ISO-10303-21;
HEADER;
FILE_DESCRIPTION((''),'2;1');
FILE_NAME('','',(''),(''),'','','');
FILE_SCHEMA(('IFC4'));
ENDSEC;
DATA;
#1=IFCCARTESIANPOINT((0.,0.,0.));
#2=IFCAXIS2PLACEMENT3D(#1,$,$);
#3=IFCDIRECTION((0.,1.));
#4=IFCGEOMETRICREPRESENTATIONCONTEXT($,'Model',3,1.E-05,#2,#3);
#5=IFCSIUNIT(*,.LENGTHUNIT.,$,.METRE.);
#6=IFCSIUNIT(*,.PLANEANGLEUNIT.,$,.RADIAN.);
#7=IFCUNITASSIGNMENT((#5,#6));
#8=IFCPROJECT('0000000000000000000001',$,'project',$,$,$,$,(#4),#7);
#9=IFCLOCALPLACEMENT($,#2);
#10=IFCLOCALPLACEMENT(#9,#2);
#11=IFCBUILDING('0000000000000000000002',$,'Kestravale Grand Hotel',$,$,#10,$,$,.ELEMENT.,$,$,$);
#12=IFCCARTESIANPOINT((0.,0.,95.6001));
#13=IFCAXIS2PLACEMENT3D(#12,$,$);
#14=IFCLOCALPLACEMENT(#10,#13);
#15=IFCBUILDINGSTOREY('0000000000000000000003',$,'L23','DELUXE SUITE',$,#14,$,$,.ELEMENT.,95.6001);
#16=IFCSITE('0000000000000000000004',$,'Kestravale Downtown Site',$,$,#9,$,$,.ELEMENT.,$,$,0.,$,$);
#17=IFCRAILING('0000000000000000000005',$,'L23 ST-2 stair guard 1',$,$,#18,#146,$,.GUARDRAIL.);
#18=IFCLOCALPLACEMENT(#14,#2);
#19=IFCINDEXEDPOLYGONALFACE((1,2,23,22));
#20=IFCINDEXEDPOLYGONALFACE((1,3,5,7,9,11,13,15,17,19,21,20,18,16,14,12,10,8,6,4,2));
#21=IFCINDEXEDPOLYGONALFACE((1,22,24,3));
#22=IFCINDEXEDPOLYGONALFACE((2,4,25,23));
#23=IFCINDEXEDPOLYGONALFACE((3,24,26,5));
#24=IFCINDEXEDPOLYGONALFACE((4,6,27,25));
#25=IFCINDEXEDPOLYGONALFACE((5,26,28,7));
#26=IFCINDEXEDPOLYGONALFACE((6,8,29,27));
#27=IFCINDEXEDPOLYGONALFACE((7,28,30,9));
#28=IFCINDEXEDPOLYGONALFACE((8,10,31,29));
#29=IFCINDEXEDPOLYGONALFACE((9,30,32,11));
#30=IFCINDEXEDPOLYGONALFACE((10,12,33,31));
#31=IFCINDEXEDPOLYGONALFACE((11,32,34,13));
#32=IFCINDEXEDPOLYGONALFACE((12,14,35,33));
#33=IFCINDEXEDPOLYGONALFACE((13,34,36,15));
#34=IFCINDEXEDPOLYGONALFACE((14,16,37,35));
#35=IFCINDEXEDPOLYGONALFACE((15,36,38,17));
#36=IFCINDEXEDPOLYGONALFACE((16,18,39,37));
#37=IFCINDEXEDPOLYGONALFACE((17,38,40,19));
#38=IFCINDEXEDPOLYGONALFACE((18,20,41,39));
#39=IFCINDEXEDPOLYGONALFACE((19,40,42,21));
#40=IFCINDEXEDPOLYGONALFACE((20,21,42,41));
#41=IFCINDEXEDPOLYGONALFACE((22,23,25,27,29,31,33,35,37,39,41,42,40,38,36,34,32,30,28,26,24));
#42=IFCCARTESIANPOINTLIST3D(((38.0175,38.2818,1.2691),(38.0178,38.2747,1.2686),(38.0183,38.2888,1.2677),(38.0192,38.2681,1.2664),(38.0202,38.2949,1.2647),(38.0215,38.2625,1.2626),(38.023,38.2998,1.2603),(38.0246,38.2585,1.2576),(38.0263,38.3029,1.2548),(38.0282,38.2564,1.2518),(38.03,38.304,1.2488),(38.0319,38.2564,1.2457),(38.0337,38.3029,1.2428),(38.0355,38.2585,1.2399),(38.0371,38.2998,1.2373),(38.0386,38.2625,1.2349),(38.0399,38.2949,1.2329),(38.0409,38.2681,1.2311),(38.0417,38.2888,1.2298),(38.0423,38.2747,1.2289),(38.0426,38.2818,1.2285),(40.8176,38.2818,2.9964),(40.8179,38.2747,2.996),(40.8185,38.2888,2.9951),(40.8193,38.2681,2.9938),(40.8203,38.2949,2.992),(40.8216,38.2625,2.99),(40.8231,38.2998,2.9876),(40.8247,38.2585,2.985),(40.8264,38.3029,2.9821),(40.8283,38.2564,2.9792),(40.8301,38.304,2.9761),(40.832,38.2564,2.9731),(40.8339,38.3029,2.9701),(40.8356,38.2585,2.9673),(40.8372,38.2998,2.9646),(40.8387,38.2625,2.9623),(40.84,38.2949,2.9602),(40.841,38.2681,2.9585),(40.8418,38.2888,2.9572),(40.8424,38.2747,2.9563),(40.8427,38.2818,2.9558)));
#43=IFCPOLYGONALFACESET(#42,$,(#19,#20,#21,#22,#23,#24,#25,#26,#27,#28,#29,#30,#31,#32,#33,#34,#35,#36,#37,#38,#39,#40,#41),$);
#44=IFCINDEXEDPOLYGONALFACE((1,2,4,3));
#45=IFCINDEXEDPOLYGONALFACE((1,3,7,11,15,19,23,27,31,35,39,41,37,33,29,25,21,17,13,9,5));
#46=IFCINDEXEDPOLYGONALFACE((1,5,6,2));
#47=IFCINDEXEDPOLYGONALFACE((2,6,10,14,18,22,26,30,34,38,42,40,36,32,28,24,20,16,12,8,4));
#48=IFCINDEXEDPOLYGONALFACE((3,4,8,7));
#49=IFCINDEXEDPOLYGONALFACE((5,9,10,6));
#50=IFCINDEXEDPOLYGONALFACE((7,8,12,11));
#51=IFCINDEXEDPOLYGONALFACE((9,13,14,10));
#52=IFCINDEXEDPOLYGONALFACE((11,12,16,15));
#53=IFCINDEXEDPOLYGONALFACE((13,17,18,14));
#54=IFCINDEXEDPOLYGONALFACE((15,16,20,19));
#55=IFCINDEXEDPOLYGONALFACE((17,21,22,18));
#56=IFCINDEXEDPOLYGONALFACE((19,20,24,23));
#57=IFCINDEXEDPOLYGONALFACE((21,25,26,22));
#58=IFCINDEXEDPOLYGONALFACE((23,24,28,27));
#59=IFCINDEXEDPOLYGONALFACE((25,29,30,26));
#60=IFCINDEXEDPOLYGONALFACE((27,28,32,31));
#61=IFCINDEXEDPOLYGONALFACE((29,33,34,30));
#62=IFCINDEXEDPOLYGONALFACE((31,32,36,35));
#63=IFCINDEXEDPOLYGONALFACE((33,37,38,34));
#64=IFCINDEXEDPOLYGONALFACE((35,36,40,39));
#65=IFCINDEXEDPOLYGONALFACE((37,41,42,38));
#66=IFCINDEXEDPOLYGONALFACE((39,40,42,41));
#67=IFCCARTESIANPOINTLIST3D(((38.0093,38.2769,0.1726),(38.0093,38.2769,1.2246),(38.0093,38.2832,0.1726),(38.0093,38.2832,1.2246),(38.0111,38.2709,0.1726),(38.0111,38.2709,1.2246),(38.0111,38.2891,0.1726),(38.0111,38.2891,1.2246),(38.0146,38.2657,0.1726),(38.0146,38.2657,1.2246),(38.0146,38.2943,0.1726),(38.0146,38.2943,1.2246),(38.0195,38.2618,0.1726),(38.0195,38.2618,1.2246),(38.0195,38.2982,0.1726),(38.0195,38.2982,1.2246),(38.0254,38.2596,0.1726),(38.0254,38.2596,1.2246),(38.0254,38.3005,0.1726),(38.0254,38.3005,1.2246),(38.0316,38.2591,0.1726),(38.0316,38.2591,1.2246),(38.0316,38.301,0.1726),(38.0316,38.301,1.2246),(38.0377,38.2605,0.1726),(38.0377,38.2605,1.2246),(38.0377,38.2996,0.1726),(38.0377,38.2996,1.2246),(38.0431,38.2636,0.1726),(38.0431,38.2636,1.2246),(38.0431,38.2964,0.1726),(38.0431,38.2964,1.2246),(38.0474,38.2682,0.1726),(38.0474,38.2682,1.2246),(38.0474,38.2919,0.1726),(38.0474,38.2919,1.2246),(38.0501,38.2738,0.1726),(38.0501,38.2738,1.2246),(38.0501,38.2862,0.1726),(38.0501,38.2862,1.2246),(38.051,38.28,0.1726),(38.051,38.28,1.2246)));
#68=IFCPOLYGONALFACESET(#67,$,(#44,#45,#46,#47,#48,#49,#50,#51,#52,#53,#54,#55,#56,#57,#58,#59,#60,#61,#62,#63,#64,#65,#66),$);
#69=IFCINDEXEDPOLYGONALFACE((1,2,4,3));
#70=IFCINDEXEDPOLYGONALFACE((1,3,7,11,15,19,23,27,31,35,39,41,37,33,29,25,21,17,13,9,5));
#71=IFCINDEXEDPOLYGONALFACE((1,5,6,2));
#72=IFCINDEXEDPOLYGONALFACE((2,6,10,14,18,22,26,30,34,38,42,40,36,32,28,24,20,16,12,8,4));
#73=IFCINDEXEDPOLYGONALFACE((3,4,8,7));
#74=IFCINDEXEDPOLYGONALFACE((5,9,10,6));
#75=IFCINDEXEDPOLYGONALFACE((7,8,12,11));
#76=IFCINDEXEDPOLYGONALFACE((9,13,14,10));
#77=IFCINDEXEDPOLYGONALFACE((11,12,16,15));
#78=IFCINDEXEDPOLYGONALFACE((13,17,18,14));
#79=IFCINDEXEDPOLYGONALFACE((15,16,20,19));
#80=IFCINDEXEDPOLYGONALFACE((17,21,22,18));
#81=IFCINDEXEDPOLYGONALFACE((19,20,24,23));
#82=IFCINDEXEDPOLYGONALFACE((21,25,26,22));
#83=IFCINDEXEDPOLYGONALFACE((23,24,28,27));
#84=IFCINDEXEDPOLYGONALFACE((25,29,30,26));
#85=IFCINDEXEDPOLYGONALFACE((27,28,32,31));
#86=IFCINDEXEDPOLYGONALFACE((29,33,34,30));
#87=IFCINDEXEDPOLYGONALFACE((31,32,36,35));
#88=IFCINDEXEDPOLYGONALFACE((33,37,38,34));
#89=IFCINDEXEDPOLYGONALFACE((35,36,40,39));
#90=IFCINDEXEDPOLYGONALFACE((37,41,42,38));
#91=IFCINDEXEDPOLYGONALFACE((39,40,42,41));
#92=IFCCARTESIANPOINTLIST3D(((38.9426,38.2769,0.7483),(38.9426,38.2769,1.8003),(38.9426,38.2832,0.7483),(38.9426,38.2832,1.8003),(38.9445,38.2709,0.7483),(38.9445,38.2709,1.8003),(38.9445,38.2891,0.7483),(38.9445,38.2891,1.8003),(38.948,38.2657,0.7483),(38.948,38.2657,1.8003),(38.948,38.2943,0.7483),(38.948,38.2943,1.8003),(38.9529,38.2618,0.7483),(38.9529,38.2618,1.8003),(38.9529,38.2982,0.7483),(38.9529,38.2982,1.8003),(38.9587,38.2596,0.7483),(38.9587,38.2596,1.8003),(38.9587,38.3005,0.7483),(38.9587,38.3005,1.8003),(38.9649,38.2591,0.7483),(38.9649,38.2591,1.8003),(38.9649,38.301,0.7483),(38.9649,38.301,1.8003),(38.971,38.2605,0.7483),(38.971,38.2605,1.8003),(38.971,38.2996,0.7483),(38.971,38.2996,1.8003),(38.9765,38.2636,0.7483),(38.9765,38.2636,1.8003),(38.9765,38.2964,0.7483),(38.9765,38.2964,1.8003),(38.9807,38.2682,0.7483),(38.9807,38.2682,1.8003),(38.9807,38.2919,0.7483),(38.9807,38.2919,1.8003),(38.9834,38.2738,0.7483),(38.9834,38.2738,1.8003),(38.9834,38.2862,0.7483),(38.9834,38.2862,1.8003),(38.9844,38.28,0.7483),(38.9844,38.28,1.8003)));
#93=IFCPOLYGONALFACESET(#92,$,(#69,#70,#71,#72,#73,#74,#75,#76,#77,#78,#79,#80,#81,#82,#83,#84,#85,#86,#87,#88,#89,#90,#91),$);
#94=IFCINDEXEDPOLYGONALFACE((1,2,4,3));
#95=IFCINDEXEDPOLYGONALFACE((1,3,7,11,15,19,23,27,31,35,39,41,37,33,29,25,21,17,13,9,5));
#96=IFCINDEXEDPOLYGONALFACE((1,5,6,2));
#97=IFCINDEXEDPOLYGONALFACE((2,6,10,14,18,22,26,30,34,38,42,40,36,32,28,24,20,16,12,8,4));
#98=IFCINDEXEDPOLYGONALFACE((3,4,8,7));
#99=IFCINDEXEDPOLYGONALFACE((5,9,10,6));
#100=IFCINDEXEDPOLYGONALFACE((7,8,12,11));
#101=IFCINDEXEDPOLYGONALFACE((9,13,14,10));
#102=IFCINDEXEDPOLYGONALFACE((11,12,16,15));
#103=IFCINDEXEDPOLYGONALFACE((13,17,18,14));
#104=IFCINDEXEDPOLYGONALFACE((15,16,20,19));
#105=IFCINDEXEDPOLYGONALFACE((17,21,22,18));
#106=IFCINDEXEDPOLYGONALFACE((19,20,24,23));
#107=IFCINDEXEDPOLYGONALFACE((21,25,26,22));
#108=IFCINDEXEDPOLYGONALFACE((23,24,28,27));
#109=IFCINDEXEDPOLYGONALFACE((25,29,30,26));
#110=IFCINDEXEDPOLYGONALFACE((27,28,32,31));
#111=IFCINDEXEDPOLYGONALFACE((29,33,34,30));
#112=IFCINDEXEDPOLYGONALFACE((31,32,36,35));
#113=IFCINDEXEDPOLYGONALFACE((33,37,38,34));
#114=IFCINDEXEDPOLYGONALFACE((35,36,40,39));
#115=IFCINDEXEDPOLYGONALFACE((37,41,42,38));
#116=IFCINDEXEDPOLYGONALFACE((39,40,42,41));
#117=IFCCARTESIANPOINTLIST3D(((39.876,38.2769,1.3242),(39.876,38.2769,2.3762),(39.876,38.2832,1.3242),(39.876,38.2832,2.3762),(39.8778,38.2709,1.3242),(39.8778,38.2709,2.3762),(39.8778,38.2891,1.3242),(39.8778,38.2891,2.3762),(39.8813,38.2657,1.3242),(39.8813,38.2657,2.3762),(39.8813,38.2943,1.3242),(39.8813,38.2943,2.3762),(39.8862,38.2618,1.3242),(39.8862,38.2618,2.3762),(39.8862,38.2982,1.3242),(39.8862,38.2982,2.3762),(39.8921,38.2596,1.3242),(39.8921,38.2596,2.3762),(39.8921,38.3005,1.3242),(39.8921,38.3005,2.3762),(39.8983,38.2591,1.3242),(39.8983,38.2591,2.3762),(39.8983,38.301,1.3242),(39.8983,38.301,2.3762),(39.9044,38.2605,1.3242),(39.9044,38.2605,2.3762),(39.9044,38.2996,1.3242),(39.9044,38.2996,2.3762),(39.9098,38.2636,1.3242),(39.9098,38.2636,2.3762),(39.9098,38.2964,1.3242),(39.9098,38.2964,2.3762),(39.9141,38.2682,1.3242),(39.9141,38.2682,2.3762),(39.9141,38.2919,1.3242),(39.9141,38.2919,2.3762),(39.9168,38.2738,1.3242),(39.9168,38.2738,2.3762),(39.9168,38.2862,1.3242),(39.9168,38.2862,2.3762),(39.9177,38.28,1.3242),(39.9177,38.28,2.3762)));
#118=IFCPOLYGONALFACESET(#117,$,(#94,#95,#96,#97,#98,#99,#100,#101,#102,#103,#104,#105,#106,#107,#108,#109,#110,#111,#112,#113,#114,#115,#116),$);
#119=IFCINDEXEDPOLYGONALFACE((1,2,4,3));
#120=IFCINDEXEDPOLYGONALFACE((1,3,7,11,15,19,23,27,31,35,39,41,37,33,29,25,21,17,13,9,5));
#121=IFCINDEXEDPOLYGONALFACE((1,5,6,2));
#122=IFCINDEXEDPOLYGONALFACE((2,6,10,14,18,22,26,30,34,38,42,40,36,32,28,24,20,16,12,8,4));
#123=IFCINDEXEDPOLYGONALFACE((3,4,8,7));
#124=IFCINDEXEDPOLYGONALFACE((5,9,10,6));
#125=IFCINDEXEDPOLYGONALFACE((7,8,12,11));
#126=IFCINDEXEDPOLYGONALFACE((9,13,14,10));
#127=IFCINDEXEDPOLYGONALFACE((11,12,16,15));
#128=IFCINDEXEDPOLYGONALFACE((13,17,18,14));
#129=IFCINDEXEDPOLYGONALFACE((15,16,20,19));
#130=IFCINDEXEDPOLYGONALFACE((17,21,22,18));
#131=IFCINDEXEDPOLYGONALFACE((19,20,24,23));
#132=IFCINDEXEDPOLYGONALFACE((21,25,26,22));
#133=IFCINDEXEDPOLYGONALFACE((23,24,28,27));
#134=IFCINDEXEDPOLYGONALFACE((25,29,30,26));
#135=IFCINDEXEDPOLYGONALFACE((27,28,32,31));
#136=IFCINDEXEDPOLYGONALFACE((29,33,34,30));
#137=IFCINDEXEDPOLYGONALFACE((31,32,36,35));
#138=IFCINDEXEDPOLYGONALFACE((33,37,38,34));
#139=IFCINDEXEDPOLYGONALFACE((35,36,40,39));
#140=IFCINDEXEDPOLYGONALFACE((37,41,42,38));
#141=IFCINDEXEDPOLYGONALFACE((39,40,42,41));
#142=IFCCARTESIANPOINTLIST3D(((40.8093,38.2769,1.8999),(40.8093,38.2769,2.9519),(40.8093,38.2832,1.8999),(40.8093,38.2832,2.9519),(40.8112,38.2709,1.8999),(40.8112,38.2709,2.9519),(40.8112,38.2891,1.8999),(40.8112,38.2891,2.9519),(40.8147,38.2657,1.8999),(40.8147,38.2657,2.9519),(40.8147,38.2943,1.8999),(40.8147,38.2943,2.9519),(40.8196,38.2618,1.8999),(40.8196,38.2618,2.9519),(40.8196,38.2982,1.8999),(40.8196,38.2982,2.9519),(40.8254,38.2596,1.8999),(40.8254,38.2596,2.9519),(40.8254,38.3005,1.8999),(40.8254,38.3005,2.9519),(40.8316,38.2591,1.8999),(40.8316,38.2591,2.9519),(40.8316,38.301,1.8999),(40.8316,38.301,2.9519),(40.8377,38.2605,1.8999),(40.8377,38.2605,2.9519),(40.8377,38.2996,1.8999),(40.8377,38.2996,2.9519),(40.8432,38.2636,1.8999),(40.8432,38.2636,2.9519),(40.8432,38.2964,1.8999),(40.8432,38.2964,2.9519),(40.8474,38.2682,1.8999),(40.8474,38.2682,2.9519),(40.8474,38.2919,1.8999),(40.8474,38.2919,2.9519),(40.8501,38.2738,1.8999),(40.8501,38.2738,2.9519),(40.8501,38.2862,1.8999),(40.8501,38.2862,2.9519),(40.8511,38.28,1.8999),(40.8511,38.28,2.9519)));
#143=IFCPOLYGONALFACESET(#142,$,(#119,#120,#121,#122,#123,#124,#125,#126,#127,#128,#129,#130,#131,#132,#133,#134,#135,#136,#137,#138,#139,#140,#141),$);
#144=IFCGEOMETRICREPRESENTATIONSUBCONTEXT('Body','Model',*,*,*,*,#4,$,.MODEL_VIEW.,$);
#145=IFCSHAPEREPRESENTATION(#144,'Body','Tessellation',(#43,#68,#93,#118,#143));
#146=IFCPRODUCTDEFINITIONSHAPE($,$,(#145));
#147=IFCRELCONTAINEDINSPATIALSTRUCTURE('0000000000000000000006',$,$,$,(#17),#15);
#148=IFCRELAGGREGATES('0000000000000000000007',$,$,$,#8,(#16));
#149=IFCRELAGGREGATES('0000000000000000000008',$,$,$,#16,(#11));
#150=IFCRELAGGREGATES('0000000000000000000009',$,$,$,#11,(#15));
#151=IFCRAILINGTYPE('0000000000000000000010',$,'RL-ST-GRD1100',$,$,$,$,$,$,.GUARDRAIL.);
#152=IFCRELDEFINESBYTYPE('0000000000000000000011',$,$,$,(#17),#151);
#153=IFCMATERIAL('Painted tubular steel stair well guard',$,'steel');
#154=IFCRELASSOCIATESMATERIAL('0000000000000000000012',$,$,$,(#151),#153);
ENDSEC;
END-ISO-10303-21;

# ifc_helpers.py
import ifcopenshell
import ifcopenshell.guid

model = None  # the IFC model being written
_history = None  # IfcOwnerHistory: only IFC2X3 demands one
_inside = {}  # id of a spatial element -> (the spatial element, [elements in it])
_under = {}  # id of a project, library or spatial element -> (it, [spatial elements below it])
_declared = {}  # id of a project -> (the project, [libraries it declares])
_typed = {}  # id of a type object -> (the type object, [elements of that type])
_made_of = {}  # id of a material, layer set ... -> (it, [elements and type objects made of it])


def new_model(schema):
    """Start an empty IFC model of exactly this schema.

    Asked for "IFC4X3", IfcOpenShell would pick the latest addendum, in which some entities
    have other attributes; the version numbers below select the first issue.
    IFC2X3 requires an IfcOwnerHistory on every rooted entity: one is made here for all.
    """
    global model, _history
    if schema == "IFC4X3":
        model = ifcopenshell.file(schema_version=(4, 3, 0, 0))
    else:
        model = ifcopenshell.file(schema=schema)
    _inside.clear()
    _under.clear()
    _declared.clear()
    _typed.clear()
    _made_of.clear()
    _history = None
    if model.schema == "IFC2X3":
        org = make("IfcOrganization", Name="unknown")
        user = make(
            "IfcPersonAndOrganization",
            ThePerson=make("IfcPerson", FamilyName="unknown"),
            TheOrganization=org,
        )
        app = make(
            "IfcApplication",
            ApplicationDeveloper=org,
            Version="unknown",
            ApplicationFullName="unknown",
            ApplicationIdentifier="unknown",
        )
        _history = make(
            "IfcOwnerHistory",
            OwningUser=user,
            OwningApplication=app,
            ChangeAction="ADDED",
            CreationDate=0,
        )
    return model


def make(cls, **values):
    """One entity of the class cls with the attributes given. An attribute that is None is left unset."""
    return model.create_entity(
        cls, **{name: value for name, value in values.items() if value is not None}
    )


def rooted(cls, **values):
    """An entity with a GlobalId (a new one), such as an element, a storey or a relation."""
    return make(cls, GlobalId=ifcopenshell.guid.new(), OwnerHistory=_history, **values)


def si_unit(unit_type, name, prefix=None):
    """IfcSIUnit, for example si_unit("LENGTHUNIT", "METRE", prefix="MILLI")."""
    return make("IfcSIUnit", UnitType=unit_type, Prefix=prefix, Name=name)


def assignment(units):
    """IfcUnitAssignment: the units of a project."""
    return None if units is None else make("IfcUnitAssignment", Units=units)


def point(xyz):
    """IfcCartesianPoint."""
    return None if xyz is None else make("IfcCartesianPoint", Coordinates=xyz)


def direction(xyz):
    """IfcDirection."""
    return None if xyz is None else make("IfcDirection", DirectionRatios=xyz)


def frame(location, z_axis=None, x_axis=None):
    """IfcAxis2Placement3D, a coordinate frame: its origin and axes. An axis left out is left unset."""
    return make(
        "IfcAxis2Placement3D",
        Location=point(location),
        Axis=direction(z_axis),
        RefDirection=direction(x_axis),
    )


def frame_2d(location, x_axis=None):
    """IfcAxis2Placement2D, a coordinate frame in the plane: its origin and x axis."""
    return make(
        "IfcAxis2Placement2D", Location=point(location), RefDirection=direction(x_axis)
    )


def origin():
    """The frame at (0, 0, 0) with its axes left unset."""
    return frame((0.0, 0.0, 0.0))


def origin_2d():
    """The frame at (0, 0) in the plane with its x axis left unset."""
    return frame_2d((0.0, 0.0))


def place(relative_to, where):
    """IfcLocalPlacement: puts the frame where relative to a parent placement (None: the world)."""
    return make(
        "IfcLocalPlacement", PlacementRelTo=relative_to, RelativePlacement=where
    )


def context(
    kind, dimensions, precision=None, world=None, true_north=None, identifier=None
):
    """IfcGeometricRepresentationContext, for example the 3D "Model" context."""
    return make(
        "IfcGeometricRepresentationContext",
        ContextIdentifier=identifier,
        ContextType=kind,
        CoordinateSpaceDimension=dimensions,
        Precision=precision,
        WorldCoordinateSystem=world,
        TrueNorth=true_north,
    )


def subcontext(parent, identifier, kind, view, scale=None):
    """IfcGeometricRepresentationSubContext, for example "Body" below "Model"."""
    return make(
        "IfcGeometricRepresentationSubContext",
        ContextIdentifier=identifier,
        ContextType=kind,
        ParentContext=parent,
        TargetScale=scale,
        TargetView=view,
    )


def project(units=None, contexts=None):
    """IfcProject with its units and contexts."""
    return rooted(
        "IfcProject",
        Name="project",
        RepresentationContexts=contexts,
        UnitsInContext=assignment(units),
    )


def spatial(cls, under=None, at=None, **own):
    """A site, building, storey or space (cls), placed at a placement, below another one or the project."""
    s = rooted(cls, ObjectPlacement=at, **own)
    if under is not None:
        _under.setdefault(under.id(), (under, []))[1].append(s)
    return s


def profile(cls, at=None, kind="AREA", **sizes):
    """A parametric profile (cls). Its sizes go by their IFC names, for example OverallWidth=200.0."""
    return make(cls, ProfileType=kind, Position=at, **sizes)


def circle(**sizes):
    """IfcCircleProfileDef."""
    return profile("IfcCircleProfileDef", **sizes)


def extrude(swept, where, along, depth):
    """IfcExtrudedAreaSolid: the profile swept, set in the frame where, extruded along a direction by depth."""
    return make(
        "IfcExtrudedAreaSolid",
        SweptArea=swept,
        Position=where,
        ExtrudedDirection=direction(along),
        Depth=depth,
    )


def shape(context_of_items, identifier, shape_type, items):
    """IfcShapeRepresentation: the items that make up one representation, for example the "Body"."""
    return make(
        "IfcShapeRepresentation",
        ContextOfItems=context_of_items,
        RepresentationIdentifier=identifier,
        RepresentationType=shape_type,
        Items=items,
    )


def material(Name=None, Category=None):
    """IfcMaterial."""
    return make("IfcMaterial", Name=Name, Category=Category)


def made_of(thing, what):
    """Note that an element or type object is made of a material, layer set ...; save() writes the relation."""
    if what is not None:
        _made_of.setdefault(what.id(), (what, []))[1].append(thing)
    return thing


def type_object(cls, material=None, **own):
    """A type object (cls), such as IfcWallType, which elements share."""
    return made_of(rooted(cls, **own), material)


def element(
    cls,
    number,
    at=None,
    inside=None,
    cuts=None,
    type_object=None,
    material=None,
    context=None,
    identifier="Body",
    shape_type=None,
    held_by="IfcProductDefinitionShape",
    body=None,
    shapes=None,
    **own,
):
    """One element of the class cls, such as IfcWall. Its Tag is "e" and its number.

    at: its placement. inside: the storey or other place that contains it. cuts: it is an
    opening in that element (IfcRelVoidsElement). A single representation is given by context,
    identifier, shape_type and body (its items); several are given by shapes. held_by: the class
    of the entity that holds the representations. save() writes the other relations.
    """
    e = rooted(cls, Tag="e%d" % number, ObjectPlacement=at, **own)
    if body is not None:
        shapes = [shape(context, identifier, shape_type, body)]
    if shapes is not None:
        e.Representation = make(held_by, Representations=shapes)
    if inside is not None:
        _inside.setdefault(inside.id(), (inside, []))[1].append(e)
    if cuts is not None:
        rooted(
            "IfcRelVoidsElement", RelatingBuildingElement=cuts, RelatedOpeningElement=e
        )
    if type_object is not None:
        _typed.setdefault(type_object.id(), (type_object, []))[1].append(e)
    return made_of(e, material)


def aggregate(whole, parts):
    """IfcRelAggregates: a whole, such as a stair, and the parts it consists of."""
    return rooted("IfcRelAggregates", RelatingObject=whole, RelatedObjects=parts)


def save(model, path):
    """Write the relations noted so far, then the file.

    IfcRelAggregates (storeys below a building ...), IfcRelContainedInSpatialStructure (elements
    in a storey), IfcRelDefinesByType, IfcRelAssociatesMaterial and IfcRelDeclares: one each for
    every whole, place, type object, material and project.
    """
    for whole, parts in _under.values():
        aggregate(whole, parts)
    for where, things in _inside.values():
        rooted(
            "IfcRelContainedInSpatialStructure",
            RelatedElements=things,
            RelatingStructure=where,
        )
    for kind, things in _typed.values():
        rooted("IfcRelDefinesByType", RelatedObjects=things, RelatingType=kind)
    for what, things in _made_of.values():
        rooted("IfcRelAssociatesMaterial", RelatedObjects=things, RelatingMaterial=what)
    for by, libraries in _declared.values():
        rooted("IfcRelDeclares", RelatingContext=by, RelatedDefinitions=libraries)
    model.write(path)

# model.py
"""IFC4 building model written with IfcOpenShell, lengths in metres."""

from ifc_helpers import new_model, si_unit, direction, frame, origin, origin_2d, place, context, subcontext, project, spatial, circle, extrude, material, type_object, element, save


model = new_model("IFC4")

# Units and contexts
model_context = context("Model", 3, precision=1e-05, world=origin(), true_north=direction((0.0, 1.0)))
body_context = subcontext(model_context, "Body", "Model", "MODEL_VIEW")
ifc_project = project(units=[si_unit("LENGTHUNIT", "METRE"), si_unit("PLANEANGLEUNIT", "RADIAN")], contexts=[model_context])

# Site, building, storey
site_placement = place(None, origin())
site = spatial("IfcSite", under=ifc_project, at=site_placement, Name="Kestravale Downtown Site", CompositionType="ELEMENT", RefElevation=0.0)
building_placement = place(site_placement, origin())
building = spatial("IfcBuilding", under=site, at=building_placement, Name="Kestravale Grand Hotel", CompositionType="ELEMENT")
storey_placement = place(building_placement, frame((0.0, 0.0, 95.6001)))
storey = spatial("IfcBuildingStorey", under=building, at=storey_placement, Name="L23", Description="DELUXE SUITE", CompositionType="ELEMENT", Elevation=95.6001)

# Railing
ifc_material_1 = material(Name="Painted tubular steel stair well guard", Category="steel")
railing_type_1 = type_object("IfcRailingType", Name="RL-ST-GRD1100", PredefinedType="GUARDRAIL", material=ifc_material_1)
railing_1_placement = place(storey_placement, frame((38.03, 38.28, 0.1726)))
element("IfcRailing", 1, at=railing_1_placement, inside=storey, type_object=railing_type_1, Name="L23 ST-2 stair guard 1", PredefinedType="GUARDRAIL", context=body_context, shape_type="SweptSolid", body=[
    extrude(circle(Radius=0.0239, at=origin_2d()), frame((0.0, 0.0, 1.0762), z_axis=(0.85109, 0.0, 0.52502), x_axis=(0.0, 1.0, 0.0)), (0.0, 0.0, 1.0), 3.29),
    extrude(circle(Radius=0.021, at=origin_2d()), origin(), (0.0, 0.0, 1.0), 1.052),
    extrude(circle(Radius=0.021, at=origin_2d()), frame((0.9333, 0.0, 0.5757)), (0.0, 0.0, 1.0), 1.052),
    extrude(circle(Radius=0.021, at=origin_2d()), frame((1.8667, 0.0, 1.1516)), (0.0, 0.0, 1.0), 1.052),
    extrude(circle(Radius=0.021, at=origin_2d()), frame((2.8, 0.0, 1.7273)), (0.0, 0.0, 1.0), 1.052),
])

save(model, "model.ifc")
